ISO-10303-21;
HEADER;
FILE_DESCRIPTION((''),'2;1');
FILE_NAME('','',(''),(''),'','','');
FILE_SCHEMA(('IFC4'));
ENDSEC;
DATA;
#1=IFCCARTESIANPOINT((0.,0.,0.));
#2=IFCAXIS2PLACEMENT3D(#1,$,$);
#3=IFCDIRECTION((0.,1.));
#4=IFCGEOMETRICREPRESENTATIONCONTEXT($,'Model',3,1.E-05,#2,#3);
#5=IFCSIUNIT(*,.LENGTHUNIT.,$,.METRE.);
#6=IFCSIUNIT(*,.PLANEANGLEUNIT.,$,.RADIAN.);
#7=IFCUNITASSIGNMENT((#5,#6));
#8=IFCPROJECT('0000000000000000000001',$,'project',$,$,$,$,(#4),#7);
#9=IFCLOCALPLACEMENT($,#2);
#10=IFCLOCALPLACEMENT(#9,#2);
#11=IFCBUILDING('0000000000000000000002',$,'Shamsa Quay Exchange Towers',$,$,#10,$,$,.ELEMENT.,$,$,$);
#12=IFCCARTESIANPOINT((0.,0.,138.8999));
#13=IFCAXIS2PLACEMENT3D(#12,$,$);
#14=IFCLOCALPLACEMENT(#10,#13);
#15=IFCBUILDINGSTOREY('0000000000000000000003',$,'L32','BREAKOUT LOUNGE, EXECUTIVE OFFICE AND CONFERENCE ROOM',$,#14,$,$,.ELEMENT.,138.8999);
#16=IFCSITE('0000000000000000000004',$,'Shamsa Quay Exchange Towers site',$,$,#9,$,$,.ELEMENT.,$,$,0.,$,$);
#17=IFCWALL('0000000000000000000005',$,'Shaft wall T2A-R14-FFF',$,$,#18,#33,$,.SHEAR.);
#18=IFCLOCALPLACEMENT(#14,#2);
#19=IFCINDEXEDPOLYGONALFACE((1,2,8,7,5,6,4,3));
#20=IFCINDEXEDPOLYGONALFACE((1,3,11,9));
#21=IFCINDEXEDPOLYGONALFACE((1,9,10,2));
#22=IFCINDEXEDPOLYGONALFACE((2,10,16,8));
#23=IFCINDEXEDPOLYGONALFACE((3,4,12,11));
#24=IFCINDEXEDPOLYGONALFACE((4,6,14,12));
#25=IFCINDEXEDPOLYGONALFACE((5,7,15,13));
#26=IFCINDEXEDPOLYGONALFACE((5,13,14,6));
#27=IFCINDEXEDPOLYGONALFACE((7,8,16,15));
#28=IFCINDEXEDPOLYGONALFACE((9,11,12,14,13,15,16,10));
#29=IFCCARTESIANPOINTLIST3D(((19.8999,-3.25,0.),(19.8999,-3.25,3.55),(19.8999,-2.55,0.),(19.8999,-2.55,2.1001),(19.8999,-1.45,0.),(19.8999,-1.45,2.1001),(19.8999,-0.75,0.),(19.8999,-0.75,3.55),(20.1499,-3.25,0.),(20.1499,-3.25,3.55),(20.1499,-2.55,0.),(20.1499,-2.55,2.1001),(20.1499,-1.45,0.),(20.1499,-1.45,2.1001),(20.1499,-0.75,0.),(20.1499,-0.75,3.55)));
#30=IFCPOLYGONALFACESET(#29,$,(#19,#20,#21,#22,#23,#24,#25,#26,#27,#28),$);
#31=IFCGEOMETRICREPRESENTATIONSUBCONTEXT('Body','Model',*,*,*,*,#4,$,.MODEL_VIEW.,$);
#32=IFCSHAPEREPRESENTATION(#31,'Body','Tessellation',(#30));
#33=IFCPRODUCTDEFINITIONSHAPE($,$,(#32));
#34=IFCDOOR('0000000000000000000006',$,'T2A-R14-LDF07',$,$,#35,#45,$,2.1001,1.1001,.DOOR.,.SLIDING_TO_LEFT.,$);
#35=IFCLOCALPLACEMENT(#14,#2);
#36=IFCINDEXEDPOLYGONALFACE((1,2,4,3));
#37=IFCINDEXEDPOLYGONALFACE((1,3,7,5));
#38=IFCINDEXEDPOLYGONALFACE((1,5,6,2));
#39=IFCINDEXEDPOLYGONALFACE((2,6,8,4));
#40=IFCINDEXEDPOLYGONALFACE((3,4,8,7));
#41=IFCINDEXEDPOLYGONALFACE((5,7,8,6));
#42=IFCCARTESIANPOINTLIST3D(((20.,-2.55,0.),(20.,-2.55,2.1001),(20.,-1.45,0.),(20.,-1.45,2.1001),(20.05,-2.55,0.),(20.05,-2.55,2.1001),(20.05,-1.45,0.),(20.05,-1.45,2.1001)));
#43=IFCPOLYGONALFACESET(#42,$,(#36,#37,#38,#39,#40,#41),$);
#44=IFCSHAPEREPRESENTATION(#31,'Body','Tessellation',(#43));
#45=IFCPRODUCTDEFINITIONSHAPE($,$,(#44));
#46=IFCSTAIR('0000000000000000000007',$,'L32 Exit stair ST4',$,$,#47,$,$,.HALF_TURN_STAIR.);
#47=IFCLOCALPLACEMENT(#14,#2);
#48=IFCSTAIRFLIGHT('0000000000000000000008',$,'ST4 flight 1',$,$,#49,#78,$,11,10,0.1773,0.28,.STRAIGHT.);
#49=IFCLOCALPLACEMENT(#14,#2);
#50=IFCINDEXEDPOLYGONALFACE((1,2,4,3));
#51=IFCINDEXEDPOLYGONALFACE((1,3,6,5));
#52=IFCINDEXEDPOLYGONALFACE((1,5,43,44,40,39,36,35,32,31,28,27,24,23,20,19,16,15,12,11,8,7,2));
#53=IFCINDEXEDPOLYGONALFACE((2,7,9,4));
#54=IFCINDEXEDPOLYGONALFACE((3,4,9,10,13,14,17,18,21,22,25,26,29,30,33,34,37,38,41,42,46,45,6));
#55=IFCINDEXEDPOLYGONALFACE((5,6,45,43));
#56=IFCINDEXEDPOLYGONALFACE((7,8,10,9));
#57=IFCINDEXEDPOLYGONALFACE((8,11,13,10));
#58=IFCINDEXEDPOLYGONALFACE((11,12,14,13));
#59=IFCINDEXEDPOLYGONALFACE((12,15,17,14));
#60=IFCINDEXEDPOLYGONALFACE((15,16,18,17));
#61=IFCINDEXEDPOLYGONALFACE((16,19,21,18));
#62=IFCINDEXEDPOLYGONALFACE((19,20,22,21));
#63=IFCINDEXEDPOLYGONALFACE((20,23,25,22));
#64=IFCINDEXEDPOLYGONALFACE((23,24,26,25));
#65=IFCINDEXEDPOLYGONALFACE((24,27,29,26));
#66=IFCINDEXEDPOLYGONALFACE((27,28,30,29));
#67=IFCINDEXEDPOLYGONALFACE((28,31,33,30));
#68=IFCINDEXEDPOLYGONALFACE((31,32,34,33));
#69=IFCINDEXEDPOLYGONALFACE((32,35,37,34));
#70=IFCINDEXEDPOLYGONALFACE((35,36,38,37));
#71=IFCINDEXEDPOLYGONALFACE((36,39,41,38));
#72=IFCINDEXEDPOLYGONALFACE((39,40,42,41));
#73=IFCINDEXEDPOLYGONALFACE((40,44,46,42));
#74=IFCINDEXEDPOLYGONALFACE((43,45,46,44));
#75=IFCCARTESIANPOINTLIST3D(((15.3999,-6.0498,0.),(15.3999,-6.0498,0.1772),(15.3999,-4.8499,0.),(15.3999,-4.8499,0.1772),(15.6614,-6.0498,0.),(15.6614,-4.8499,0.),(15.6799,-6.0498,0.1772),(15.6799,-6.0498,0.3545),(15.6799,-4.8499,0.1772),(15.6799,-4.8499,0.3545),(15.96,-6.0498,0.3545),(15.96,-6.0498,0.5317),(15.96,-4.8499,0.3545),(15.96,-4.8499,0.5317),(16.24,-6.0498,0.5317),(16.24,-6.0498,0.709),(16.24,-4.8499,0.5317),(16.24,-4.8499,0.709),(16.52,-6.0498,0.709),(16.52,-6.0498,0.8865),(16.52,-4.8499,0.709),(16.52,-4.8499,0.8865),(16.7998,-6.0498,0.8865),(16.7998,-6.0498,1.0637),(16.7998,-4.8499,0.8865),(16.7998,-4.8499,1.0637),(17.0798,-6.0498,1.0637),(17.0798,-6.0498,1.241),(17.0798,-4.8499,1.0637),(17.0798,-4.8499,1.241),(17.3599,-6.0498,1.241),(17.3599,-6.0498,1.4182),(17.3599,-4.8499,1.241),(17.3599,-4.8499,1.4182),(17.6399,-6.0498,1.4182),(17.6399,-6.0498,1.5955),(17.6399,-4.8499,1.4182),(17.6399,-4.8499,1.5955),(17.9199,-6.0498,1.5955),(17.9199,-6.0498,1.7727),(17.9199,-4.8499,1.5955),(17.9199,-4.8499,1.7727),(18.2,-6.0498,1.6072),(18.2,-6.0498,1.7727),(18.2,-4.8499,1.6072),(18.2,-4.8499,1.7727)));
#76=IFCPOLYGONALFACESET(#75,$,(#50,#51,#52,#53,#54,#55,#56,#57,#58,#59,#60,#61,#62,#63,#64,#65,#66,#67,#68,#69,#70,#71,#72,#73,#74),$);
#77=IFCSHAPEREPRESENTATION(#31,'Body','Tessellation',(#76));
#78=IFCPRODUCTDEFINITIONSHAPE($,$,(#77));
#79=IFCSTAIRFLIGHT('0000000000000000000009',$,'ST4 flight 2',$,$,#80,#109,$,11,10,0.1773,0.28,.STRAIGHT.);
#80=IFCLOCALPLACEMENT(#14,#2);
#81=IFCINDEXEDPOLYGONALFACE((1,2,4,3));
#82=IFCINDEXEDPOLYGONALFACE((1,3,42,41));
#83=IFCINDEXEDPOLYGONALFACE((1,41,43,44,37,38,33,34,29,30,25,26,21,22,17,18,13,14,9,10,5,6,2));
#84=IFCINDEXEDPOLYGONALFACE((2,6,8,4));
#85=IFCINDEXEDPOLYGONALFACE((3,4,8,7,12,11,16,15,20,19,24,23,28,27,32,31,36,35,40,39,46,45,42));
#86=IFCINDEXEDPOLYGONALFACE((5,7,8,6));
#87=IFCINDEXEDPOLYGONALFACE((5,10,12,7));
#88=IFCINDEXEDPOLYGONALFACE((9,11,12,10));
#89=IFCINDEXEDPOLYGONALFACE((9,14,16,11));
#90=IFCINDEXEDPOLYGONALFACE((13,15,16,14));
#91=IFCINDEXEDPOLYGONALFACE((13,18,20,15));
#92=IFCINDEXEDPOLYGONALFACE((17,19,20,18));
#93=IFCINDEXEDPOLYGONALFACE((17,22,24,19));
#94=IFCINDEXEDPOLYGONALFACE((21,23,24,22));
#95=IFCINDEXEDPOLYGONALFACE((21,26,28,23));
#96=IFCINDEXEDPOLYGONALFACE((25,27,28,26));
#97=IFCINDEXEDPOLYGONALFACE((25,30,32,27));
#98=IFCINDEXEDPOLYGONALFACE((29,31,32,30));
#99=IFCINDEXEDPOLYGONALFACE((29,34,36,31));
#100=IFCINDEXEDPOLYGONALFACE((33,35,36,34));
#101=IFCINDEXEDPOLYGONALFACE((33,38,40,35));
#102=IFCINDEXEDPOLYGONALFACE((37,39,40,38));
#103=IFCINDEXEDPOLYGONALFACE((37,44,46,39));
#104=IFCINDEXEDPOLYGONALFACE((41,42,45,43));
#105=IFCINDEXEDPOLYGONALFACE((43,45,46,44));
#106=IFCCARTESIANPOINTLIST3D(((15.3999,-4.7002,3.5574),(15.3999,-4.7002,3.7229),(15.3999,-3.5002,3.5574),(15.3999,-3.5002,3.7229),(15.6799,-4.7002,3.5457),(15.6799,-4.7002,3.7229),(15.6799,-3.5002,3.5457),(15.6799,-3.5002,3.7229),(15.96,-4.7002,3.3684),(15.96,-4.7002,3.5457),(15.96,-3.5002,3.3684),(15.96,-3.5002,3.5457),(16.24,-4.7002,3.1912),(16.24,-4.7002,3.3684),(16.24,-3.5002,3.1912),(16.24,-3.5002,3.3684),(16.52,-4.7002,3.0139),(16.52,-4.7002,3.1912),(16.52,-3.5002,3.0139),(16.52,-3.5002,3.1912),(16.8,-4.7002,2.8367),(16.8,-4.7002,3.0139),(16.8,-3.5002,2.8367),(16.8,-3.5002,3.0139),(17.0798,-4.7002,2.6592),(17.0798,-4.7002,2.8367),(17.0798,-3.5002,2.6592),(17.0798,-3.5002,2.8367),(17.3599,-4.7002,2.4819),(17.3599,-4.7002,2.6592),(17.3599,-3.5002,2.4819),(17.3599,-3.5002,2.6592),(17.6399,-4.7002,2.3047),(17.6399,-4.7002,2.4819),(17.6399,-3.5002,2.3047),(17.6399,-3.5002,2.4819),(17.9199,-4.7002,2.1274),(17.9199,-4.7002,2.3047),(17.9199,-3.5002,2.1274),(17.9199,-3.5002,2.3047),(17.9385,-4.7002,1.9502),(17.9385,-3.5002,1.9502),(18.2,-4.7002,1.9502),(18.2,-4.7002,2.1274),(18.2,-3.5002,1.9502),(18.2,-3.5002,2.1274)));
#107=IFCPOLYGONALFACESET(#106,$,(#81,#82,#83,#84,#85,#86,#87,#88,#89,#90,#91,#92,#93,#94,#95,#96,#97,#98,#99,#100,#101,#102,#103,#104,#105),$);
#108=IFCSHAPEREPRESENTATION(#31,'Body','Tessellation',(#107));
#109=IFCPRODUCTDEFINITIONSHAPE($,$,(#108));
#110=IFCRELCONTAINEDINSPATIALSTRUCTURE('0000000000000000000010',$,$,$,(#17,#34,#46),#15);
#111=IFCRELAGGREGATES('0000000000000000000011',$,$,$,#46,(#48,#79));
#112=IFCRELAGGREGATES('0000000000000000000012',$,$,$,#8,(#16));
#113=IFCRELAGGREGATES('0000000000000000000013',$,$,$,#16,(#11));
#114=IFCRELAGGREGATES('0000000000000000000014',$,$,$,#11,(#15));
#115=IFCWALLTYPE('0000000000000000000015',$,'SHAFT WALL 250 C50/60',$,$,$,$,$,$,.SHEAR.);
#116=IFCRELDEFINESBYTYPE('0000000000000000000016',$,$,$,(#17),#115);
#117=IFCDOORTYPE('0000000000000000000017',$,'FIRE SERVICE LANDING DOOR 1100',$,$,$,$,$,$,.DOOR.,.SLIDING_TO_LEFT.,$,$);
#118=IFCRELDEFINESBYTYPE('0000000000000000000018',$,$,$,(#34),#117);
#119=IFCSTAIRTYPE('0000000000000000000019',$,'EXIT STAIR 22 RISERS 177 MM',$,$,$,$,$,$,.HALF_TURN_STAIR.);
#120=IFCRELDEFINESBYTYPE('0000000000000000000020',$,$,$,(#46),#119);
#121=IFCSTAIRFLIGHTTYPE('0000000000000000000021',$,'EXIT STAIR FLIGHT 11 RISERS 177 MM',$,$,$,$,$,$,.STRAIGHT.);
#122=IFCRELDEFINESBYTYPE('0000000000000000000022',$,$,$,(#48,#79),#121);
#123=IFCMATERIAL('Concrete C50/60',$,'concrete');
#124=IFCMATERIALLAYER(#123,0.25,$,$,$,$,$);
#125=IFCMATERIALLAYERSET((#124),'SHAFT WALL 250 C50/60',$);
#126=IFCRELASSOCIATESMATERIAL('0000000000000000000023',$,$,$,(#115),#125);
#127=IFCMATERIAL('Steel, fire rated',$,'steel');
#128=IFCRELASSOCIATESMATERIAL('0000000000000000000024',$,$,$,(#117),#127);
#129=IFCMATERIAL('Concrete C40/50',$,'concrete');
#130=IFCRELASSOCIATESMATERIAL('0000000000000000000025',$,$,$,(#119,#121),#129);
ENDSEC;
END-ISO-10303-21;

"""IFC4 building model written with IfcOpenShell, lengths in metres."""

from ifc_helpers import new_model, si_unit, direction, frame, frame_2d, origin, place, context, subcontext, project, spatial, polyline, rectangle, outline, extrude, material, layer, layer_set, type_object, element, fill, aggregate, save


model = new_model("IFC4")

# Units and contexts
model_context = context("Model", 3, precision=1e-05, world=origin(), true_north=direction((0.0, 1.0)))
body_context = subcontext(model_context, "Body", "Model", "MODEL_VIEW")
ifc_project = project(units=[si_unit("LENGTHUNIT", "METRE"), si_unit("PLANEANGLEUNIT", "RADIAN")], contexts=[model_context])

# Site, building, storey
site_placement = place(None, origin())
site = spatial("IfcSite", under=ifc_project, at=site_placement, Name="Shamsa Quay Exchange Towers site", CompositionType="ELEMENT", RefElevation=0.0)
building_placement = place(site_placement, origin())
building = spatial("IfcBuilding", under=site, at=building_placement, Name="Shamsa Quay Exchange Towers", CompositionType="ELEMENT")
storey_placement = place(building_placement, frame((0.0, 0.0, 138.8999)))
storey = spatial("IfcBuildingStorey", under=building, at=storey_placement, Name="L32", Description="BREAKOUT LOUNGE, EXECUTIVE OFFICE AND CONFERENCE ROOM", CompositionType="ELEMENT", Elevation=138.8999)

# Shared definitions
ifc_material_1 = material(Name="Concrete C50/60", Category="concrete")
ifc_layer_1 = layer(ifc_material_1, 0.25)
ifc_layer_set_1 = layer_set([ifc_layer_1], Name="SHAFT WALL 250 C50/60")
wall_type_1 = type_object("IfcWallType", Name="SHAFT WALL 250 C50/60", PredefinedType="SHEAR", material=ifc_layer_set_1)

# Wall, opening, door
wall_1_placement = place(storey_placement, frame((20.0249, -3.25, 0.0), z_axis=(0.0, 0.0, 1.0), x_axis=(0.0, 1.0, 0.0)))
wall_1 = element("IfcWall", 1, at=wall_1_placement, inside=storey, type_object=wall_type_1, Name="Shaft wall T2A-R14-FFF", PredefinedType="SHEAR", context=body_context, shape_type="SweptSolid", body=[
    extrude(rectangle(XDim=2.5, YDim=0.25, at=frame_2d((1.25, 0.0))), origin(), (0.0, 0.0, 1.0), 3.55),
])
opening_1_placement = place(wall_1_placement, frame((0.7, 0.0, 0.0)))
opening_1 = element("IfcOpeningElement", 2, at=opening_1_placement, cuts=wall_1, PredefinedType="OPENING", context=body_context, shape_type="SweptSolid", body=[
    extrude(rectangle(XDim=1.1001, YDim=2.1001, at=frame_2d((0.55, 1.05))), frame((0.0, 0.135, 0.0), z_axis=(0.0, -1.0, 0.0), x_axis=(1.0, 0.0, 0.0)), (0.0, 0.0, 1.0), 0.27),
])
ifc_material_2 = material(Name="Steel, fire rated", Category="steel")
door_type_1 = type_object("IfcDoorType", Name="FIRE SERVICE LANDING DOOR 1100", OperationType="SLIDING_TO_LEFT", PredefinedType="DOOR", material=ifc_material_2)
door_1_placement = place(opening_1_placement, origin())
door_1 = element("IfcDoor", 3, at=door_1_placement, inside=storey, type_object=door_type_1, Name="T2A-R14-LDF07", OperationType="SLIDING_TO_LEFT", OverallHeight=2.1001, OverallWidth=1.1001, PredefinedType="DOOR", context=body_context, shape_type="SweptSolid", body=[
    extrude(rectangle(XDim=1.1001, YDim=2.1001, at=frame_2d((0.55, 1.05))), frame((0.0, 0.0249, 0.0), z_axis=(0.0, -1.0, 0.0), x_axis=(1.0, 0.0, 0.0)), (0.0, 0.0, 1.0), 0.05),
])
fill(opening_1, door_1)

# Stair, stair flights
ifc_material_3 = material(Name="Concrete C40/50", Category="concrete")
stair_type = type_object("IfcStairType", Name="EXIT STAIR 22 RISERS 177 MM", PredefinedType="HALF_TURN_STAIR", material=ifc_material_3)
stair_placement = place(storey_placement, origin())
stair = element("IfcStair", 4, at=stair_placement, inside=storey, type_object=stair_type, Name="L32 Exit stair ST4", PredefinedType="HALF_TURN_STAIR")
stair_flight_type = type_object("IfcStairFlightType", Name="EXIT STAIR FLIGHT 11 RISERS 177 MM", PredefinedType="STRAIGHT", material=ifc_material_3)
stair_flight_1_placement = place(storey_placement, frame((15.3999, -5.45, 0.0)))
stair_flight_1 = element("IfcStairFlight", 5, at=stair_flight_1_placement, type_object=stair_flight_type, Name="ST4 flight 1", NumberOfRisers=11, NumberOfTreads=10, PredefinedType="STRAIGHT", RiserHeight=0.1773, TreadLength=0.28, context=body_context, shape_type="SweptSolid", body=[
    extrude(outline(polyline([(0.0, 0.0), (0.0, 0.1772), (0.28, 0.1772), (0.28, 0.3545), (0.5601, 0.3545), (0.5601, 0.5317), (0.8401, 0.5317), (0.8401, 0.709), (1.1201, 0.709), (1.1201, 0.8865), (1.3999, 0.8865), (1.3999, 1.0637), (1.6799, 1.0637), (1.6799, 1.241), (1.96, 1.241), (1.96, 1.4182), (2.24, 1.4182), (2.24, 1.5955), (2.52, 1.5955), (2.52, 1.7727), (2.8, 1.7727), (2.8, 1.95), (2.8, 1.6072), (0.2615, 0.0), (0.0, 0.0)])), frame((0.0, 0.6001, 0.0), z_axis=(0.0, -1.0, 0.0), x_axis=(1.0, 0.0, 0.0)), (0.0, 0.0, 1.0), 1.2),
])
stair_flight_2_placement = place(storey_placement, frame((18.2, -4.1001, 1.9502), z_axis=(0.0, 0.0, 1.0), x_axis=(-1.0, 0.0, 0.0)))
stair_flight_2 = element("IfcStairFlight", 6, at=stair_flight_2_placement, type_object=stair_flight_type, Name="ST4 flight 2", NumberOfRisers=11, NumberOfTreads=10, PredefinedType="STRAIGHT", RiserHeight=0.1773, TreadLength=0.28, context=body_context, shape_type="SweptSolid", body=[
    extrude(outline(polyline([(0.0, 0.0), (0.0, 0.1772), (0.28, 0.1772), (0.28, 0.3545), (0.5601, 0.3545), (0.5601, 0.5317), (0.8401, 0.5317), (0.8401, 0.709), (1.1201, 0.709), (1.1201, 0.8865), (1.3999, 0.8865), (1.3999, 1.0637), (1.6799, 1.0637), (1.6799, 1.241), (1.96, 1.241), (1.96, 1.4182), (2.24, 1.4182), (2.24, 1.5955), (2.52, 1.5955), (2.52, 1.7727), (2.8, 1.7727), (2.8, 1.95), (2.8, 1.6072), (0.2615, 0.0), (0.0, 0.0)])), frame((0.0, 0.6001, 0.0), z_axis=(0.0, -1.0, 0.0), x_axis=(1.0, 0.0, 0.0)), (0.0, 0.0, 1.0), 1.2),
])
aggregate(stair, [stair_flight_1, stair_flight_2])

save(model, "model.ifc")
